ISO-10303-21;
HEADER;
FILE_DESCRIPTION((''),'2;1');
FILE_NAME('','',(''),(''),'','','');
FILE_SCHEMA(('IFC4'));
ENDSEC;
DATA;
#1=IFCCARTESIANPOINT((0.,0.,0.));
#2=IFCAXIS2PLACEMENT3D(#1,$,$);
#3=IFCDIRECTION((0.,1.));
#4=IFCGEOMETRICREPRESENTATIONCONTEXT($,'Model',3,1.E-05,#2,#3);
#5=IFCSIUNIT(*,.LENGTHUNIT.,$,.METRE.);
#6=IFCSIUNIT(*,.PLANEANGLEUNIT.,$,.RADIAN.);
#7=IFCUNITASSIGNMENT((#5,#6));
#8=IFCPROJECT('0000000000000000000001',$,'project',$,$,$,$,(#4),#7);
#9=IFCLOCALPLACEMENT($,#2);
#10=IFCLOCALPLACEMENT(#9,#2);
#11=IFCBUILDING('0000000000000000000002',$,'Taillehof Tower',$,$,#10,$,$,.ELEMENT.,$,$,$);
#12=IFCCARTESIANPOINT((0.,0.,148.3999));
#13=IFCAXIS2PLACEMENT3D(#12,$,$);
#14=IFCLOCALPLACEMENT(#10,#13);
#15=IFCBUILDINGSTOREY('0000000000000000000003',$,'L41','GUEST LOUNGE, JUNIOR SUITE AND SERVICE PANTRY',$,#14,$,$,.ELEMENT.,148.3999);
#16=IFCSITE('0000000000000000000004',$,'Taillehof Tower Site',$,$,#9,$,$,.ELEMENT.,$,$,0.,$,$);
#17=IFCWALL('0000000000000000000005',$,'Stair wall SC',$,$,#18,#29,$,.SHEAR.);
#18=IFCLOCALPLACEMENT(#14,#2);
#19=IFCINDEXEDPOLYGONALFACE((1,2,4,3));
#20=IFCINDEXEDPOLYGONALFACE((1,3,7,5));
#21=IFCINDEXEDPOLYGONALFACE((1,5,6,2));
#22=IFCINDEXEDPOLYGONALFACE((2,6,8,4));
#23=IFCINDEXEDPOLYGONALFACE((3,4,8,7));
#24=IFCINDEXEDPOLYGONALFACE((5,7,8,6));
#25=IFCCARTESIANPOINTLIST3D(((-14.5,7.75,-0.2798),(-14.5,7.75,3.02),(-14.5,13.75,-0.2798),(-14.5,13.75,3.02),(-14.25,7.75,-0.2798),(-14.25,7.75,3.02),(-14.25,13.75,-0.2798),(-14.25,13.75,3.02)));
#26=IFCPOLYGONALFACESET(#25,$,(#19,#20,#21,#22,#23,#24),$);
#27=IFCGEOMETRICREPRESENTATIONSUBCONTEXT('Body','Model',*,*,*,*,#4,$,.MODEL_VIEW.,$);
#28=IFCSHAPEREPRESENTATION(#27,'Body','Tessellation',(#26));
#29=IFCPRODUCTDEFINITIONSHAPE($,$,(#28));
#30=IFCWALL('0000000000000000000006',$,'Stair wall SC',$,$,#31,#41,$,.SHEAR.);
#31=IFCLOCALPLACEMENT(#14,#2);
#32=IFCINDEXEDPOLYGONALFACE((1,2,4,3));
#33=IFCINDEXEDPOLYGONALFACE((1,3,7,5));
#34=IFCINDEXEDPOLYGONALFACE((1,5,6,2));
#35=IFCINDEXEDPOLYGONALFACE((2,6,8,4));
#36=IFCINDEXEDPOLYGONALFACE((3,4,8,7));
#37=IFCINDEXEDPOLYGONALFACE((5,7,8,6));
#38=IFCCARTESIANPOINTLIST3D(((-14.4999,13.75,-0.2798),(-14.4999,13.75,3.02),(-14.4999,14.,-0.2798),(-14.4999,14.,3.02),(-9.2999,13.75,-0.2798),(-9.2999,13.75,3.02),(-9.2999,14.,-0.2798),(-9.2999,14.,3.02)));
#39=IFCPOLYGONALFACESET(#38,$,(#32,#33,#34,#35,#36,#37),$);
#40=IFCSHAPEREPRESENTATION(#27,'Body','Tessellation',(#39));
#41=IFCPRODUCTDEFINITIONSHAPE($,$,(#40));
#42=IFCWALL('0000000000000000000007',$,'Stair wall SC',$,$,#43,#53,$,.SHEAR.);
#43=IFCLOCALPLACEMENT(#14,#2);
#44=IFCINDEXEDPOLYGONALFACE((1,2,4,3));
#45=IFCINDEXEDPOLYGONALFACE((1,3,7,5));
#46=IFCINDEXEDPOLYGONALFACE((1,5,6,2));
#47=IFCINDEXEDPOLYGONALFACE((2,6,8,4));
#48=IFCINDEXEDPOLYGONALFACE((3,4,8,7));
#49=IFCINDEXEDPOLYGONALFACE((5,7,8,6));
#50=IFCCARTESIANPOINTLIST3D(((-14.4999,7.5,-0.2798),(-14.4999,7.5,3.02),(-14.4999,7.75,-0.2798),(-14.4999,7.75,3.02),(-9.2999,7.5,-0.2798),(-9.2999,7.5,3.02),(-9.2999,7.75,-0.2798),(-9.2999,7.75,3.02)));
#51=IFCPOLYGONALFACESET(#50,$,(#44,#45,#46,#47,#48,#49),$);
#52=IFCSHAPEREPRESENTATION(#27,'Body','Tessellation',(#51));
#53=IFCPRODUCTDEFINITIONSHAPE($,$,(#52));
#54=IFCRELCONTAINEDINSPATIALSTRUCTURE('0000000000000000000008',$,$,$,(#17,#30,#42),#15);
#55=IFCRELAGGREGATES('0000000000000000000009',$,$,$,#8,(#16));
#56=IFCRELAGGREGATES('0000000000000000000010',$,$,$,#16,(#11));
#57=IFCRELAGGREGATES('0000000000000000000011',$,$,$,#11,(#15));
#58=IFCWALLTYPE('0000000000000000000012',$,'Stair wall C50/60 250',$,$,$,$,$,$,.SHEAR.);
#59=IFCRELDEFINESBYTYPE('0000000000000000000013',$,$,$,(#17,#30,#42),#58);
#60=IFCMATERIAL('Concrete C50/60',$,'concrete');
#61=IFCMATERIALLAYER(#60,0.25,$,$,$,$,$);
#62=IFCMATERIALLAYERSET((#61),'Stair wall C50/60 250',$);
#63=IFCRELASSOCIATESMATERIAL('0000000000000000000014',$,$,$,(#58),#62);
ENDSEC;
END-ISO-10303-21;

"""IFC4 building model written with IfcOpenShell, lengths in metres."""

from ifc_helpers import new_model, si_unit, direction, frame, frame_2d, origin, place, context, subcontext, project, spatial, rectangle, extrude, material, layer, layer_set, type_object, element, save


model = new_model("IFC4")

# Units and contexts
model_context = context("Model", 3, precision=1e-05, world=origin(), true_north=direction((0.0, 1.0)))
body_context = subcontext(model_context, "Body", "Model", "MODEL_VIEW")
ifc_project = project(units=[si_unit("LENGTHUNIT", "METRE"), si_unit("PLANEANGLEUNIT", "RADIAN")], contexts=[model_context])

# Site, building, storey
site_placement = place(None, origin())
site = spatial("IfcSite", under=ifc_project, at=site_placement, Name="Taillehof Tower Site", CompositionType="ELEMENT", RefElevation=0.0)
building_placement = place(site_placement, origin())
building = spatial("IfcBuilding", under=site, at=building_placement, Name="Taillehof Tower", CompositionType="ELEMENT")
storey_placement = place(building_placement, frame((0.0, 0.0, 148.3999)))
storey = spatial("IfcBuildingStorey", under=building, at=storey_placement, Name="L41", Description="GUEST LOUNGE, JUNIOR SUITE AND SERVICE PANTRY", CompositionType="ELEMENT", Elevation=148.3999)

# Walls
ifc_material_1 = material(Name="Concrete C50/60", Category="concrete")
ifc_layer_1 = layer(ifc_material_1, 0.25)
ifc_layer_set_1 = layer_set([ifc_layer_1], Name="Stair wall C50/60 250")
wall_type_1 = type_object("IfcWallType", Name="Stair wall C50/60 250", PredefinedType="SHEAR", material=ifc_layer_set_1)
wall_1_placement = place(storey_placement, frame((-14.375, 7.75, -0.2798), z_axis=(0.0, 0.0, 1.0), x_axis=(0.0, 1.0, 0.0)))
element("IfcWall", 1, at=wall_1_placement, inside=storey, type_object=wall_type_1, Name="Stair wall SC", PredefinedType="SHEAR", context=body_context, shape_type="SweptSolid", body=[
    extrude(rectangle(XDim=6.0, YDim=0.25, at=frame_2d((3.0, 0.0))), origin(), (0.0, 0.0, 1.0), 3.2998),
])
for number, where, z_axis, x_axis, name in (
    (2, (-14.5, 13.875, -0.2798), (0.0, 0.0, 1.0), (1.0, 0.0, 0.0), "Stair wall SC"),
    (3, (-14.5, 7.625, -0.2798), (0.0, 0.0, 1.0), (1.0, 0.0, 0.0), "Stair wall SC"),
):
    element("IfcWall", number, at=place(storey_placement, frame(where, z_axis=z_axis, x_axis=x_axis)), inside=storey, type_object=wall_type_1, Name=name, PredefinedType="SHEAR", context=body_context, shape_type="SweptSolid", body=[
        extrude(rectangle(XDim=5.2, YDim=0.25, at=frame_2d((2.6001, 0.0))), origin(), (0.0, 0.0, 1.0), 3.2998),
    ])

save(model, "model.ifc")
